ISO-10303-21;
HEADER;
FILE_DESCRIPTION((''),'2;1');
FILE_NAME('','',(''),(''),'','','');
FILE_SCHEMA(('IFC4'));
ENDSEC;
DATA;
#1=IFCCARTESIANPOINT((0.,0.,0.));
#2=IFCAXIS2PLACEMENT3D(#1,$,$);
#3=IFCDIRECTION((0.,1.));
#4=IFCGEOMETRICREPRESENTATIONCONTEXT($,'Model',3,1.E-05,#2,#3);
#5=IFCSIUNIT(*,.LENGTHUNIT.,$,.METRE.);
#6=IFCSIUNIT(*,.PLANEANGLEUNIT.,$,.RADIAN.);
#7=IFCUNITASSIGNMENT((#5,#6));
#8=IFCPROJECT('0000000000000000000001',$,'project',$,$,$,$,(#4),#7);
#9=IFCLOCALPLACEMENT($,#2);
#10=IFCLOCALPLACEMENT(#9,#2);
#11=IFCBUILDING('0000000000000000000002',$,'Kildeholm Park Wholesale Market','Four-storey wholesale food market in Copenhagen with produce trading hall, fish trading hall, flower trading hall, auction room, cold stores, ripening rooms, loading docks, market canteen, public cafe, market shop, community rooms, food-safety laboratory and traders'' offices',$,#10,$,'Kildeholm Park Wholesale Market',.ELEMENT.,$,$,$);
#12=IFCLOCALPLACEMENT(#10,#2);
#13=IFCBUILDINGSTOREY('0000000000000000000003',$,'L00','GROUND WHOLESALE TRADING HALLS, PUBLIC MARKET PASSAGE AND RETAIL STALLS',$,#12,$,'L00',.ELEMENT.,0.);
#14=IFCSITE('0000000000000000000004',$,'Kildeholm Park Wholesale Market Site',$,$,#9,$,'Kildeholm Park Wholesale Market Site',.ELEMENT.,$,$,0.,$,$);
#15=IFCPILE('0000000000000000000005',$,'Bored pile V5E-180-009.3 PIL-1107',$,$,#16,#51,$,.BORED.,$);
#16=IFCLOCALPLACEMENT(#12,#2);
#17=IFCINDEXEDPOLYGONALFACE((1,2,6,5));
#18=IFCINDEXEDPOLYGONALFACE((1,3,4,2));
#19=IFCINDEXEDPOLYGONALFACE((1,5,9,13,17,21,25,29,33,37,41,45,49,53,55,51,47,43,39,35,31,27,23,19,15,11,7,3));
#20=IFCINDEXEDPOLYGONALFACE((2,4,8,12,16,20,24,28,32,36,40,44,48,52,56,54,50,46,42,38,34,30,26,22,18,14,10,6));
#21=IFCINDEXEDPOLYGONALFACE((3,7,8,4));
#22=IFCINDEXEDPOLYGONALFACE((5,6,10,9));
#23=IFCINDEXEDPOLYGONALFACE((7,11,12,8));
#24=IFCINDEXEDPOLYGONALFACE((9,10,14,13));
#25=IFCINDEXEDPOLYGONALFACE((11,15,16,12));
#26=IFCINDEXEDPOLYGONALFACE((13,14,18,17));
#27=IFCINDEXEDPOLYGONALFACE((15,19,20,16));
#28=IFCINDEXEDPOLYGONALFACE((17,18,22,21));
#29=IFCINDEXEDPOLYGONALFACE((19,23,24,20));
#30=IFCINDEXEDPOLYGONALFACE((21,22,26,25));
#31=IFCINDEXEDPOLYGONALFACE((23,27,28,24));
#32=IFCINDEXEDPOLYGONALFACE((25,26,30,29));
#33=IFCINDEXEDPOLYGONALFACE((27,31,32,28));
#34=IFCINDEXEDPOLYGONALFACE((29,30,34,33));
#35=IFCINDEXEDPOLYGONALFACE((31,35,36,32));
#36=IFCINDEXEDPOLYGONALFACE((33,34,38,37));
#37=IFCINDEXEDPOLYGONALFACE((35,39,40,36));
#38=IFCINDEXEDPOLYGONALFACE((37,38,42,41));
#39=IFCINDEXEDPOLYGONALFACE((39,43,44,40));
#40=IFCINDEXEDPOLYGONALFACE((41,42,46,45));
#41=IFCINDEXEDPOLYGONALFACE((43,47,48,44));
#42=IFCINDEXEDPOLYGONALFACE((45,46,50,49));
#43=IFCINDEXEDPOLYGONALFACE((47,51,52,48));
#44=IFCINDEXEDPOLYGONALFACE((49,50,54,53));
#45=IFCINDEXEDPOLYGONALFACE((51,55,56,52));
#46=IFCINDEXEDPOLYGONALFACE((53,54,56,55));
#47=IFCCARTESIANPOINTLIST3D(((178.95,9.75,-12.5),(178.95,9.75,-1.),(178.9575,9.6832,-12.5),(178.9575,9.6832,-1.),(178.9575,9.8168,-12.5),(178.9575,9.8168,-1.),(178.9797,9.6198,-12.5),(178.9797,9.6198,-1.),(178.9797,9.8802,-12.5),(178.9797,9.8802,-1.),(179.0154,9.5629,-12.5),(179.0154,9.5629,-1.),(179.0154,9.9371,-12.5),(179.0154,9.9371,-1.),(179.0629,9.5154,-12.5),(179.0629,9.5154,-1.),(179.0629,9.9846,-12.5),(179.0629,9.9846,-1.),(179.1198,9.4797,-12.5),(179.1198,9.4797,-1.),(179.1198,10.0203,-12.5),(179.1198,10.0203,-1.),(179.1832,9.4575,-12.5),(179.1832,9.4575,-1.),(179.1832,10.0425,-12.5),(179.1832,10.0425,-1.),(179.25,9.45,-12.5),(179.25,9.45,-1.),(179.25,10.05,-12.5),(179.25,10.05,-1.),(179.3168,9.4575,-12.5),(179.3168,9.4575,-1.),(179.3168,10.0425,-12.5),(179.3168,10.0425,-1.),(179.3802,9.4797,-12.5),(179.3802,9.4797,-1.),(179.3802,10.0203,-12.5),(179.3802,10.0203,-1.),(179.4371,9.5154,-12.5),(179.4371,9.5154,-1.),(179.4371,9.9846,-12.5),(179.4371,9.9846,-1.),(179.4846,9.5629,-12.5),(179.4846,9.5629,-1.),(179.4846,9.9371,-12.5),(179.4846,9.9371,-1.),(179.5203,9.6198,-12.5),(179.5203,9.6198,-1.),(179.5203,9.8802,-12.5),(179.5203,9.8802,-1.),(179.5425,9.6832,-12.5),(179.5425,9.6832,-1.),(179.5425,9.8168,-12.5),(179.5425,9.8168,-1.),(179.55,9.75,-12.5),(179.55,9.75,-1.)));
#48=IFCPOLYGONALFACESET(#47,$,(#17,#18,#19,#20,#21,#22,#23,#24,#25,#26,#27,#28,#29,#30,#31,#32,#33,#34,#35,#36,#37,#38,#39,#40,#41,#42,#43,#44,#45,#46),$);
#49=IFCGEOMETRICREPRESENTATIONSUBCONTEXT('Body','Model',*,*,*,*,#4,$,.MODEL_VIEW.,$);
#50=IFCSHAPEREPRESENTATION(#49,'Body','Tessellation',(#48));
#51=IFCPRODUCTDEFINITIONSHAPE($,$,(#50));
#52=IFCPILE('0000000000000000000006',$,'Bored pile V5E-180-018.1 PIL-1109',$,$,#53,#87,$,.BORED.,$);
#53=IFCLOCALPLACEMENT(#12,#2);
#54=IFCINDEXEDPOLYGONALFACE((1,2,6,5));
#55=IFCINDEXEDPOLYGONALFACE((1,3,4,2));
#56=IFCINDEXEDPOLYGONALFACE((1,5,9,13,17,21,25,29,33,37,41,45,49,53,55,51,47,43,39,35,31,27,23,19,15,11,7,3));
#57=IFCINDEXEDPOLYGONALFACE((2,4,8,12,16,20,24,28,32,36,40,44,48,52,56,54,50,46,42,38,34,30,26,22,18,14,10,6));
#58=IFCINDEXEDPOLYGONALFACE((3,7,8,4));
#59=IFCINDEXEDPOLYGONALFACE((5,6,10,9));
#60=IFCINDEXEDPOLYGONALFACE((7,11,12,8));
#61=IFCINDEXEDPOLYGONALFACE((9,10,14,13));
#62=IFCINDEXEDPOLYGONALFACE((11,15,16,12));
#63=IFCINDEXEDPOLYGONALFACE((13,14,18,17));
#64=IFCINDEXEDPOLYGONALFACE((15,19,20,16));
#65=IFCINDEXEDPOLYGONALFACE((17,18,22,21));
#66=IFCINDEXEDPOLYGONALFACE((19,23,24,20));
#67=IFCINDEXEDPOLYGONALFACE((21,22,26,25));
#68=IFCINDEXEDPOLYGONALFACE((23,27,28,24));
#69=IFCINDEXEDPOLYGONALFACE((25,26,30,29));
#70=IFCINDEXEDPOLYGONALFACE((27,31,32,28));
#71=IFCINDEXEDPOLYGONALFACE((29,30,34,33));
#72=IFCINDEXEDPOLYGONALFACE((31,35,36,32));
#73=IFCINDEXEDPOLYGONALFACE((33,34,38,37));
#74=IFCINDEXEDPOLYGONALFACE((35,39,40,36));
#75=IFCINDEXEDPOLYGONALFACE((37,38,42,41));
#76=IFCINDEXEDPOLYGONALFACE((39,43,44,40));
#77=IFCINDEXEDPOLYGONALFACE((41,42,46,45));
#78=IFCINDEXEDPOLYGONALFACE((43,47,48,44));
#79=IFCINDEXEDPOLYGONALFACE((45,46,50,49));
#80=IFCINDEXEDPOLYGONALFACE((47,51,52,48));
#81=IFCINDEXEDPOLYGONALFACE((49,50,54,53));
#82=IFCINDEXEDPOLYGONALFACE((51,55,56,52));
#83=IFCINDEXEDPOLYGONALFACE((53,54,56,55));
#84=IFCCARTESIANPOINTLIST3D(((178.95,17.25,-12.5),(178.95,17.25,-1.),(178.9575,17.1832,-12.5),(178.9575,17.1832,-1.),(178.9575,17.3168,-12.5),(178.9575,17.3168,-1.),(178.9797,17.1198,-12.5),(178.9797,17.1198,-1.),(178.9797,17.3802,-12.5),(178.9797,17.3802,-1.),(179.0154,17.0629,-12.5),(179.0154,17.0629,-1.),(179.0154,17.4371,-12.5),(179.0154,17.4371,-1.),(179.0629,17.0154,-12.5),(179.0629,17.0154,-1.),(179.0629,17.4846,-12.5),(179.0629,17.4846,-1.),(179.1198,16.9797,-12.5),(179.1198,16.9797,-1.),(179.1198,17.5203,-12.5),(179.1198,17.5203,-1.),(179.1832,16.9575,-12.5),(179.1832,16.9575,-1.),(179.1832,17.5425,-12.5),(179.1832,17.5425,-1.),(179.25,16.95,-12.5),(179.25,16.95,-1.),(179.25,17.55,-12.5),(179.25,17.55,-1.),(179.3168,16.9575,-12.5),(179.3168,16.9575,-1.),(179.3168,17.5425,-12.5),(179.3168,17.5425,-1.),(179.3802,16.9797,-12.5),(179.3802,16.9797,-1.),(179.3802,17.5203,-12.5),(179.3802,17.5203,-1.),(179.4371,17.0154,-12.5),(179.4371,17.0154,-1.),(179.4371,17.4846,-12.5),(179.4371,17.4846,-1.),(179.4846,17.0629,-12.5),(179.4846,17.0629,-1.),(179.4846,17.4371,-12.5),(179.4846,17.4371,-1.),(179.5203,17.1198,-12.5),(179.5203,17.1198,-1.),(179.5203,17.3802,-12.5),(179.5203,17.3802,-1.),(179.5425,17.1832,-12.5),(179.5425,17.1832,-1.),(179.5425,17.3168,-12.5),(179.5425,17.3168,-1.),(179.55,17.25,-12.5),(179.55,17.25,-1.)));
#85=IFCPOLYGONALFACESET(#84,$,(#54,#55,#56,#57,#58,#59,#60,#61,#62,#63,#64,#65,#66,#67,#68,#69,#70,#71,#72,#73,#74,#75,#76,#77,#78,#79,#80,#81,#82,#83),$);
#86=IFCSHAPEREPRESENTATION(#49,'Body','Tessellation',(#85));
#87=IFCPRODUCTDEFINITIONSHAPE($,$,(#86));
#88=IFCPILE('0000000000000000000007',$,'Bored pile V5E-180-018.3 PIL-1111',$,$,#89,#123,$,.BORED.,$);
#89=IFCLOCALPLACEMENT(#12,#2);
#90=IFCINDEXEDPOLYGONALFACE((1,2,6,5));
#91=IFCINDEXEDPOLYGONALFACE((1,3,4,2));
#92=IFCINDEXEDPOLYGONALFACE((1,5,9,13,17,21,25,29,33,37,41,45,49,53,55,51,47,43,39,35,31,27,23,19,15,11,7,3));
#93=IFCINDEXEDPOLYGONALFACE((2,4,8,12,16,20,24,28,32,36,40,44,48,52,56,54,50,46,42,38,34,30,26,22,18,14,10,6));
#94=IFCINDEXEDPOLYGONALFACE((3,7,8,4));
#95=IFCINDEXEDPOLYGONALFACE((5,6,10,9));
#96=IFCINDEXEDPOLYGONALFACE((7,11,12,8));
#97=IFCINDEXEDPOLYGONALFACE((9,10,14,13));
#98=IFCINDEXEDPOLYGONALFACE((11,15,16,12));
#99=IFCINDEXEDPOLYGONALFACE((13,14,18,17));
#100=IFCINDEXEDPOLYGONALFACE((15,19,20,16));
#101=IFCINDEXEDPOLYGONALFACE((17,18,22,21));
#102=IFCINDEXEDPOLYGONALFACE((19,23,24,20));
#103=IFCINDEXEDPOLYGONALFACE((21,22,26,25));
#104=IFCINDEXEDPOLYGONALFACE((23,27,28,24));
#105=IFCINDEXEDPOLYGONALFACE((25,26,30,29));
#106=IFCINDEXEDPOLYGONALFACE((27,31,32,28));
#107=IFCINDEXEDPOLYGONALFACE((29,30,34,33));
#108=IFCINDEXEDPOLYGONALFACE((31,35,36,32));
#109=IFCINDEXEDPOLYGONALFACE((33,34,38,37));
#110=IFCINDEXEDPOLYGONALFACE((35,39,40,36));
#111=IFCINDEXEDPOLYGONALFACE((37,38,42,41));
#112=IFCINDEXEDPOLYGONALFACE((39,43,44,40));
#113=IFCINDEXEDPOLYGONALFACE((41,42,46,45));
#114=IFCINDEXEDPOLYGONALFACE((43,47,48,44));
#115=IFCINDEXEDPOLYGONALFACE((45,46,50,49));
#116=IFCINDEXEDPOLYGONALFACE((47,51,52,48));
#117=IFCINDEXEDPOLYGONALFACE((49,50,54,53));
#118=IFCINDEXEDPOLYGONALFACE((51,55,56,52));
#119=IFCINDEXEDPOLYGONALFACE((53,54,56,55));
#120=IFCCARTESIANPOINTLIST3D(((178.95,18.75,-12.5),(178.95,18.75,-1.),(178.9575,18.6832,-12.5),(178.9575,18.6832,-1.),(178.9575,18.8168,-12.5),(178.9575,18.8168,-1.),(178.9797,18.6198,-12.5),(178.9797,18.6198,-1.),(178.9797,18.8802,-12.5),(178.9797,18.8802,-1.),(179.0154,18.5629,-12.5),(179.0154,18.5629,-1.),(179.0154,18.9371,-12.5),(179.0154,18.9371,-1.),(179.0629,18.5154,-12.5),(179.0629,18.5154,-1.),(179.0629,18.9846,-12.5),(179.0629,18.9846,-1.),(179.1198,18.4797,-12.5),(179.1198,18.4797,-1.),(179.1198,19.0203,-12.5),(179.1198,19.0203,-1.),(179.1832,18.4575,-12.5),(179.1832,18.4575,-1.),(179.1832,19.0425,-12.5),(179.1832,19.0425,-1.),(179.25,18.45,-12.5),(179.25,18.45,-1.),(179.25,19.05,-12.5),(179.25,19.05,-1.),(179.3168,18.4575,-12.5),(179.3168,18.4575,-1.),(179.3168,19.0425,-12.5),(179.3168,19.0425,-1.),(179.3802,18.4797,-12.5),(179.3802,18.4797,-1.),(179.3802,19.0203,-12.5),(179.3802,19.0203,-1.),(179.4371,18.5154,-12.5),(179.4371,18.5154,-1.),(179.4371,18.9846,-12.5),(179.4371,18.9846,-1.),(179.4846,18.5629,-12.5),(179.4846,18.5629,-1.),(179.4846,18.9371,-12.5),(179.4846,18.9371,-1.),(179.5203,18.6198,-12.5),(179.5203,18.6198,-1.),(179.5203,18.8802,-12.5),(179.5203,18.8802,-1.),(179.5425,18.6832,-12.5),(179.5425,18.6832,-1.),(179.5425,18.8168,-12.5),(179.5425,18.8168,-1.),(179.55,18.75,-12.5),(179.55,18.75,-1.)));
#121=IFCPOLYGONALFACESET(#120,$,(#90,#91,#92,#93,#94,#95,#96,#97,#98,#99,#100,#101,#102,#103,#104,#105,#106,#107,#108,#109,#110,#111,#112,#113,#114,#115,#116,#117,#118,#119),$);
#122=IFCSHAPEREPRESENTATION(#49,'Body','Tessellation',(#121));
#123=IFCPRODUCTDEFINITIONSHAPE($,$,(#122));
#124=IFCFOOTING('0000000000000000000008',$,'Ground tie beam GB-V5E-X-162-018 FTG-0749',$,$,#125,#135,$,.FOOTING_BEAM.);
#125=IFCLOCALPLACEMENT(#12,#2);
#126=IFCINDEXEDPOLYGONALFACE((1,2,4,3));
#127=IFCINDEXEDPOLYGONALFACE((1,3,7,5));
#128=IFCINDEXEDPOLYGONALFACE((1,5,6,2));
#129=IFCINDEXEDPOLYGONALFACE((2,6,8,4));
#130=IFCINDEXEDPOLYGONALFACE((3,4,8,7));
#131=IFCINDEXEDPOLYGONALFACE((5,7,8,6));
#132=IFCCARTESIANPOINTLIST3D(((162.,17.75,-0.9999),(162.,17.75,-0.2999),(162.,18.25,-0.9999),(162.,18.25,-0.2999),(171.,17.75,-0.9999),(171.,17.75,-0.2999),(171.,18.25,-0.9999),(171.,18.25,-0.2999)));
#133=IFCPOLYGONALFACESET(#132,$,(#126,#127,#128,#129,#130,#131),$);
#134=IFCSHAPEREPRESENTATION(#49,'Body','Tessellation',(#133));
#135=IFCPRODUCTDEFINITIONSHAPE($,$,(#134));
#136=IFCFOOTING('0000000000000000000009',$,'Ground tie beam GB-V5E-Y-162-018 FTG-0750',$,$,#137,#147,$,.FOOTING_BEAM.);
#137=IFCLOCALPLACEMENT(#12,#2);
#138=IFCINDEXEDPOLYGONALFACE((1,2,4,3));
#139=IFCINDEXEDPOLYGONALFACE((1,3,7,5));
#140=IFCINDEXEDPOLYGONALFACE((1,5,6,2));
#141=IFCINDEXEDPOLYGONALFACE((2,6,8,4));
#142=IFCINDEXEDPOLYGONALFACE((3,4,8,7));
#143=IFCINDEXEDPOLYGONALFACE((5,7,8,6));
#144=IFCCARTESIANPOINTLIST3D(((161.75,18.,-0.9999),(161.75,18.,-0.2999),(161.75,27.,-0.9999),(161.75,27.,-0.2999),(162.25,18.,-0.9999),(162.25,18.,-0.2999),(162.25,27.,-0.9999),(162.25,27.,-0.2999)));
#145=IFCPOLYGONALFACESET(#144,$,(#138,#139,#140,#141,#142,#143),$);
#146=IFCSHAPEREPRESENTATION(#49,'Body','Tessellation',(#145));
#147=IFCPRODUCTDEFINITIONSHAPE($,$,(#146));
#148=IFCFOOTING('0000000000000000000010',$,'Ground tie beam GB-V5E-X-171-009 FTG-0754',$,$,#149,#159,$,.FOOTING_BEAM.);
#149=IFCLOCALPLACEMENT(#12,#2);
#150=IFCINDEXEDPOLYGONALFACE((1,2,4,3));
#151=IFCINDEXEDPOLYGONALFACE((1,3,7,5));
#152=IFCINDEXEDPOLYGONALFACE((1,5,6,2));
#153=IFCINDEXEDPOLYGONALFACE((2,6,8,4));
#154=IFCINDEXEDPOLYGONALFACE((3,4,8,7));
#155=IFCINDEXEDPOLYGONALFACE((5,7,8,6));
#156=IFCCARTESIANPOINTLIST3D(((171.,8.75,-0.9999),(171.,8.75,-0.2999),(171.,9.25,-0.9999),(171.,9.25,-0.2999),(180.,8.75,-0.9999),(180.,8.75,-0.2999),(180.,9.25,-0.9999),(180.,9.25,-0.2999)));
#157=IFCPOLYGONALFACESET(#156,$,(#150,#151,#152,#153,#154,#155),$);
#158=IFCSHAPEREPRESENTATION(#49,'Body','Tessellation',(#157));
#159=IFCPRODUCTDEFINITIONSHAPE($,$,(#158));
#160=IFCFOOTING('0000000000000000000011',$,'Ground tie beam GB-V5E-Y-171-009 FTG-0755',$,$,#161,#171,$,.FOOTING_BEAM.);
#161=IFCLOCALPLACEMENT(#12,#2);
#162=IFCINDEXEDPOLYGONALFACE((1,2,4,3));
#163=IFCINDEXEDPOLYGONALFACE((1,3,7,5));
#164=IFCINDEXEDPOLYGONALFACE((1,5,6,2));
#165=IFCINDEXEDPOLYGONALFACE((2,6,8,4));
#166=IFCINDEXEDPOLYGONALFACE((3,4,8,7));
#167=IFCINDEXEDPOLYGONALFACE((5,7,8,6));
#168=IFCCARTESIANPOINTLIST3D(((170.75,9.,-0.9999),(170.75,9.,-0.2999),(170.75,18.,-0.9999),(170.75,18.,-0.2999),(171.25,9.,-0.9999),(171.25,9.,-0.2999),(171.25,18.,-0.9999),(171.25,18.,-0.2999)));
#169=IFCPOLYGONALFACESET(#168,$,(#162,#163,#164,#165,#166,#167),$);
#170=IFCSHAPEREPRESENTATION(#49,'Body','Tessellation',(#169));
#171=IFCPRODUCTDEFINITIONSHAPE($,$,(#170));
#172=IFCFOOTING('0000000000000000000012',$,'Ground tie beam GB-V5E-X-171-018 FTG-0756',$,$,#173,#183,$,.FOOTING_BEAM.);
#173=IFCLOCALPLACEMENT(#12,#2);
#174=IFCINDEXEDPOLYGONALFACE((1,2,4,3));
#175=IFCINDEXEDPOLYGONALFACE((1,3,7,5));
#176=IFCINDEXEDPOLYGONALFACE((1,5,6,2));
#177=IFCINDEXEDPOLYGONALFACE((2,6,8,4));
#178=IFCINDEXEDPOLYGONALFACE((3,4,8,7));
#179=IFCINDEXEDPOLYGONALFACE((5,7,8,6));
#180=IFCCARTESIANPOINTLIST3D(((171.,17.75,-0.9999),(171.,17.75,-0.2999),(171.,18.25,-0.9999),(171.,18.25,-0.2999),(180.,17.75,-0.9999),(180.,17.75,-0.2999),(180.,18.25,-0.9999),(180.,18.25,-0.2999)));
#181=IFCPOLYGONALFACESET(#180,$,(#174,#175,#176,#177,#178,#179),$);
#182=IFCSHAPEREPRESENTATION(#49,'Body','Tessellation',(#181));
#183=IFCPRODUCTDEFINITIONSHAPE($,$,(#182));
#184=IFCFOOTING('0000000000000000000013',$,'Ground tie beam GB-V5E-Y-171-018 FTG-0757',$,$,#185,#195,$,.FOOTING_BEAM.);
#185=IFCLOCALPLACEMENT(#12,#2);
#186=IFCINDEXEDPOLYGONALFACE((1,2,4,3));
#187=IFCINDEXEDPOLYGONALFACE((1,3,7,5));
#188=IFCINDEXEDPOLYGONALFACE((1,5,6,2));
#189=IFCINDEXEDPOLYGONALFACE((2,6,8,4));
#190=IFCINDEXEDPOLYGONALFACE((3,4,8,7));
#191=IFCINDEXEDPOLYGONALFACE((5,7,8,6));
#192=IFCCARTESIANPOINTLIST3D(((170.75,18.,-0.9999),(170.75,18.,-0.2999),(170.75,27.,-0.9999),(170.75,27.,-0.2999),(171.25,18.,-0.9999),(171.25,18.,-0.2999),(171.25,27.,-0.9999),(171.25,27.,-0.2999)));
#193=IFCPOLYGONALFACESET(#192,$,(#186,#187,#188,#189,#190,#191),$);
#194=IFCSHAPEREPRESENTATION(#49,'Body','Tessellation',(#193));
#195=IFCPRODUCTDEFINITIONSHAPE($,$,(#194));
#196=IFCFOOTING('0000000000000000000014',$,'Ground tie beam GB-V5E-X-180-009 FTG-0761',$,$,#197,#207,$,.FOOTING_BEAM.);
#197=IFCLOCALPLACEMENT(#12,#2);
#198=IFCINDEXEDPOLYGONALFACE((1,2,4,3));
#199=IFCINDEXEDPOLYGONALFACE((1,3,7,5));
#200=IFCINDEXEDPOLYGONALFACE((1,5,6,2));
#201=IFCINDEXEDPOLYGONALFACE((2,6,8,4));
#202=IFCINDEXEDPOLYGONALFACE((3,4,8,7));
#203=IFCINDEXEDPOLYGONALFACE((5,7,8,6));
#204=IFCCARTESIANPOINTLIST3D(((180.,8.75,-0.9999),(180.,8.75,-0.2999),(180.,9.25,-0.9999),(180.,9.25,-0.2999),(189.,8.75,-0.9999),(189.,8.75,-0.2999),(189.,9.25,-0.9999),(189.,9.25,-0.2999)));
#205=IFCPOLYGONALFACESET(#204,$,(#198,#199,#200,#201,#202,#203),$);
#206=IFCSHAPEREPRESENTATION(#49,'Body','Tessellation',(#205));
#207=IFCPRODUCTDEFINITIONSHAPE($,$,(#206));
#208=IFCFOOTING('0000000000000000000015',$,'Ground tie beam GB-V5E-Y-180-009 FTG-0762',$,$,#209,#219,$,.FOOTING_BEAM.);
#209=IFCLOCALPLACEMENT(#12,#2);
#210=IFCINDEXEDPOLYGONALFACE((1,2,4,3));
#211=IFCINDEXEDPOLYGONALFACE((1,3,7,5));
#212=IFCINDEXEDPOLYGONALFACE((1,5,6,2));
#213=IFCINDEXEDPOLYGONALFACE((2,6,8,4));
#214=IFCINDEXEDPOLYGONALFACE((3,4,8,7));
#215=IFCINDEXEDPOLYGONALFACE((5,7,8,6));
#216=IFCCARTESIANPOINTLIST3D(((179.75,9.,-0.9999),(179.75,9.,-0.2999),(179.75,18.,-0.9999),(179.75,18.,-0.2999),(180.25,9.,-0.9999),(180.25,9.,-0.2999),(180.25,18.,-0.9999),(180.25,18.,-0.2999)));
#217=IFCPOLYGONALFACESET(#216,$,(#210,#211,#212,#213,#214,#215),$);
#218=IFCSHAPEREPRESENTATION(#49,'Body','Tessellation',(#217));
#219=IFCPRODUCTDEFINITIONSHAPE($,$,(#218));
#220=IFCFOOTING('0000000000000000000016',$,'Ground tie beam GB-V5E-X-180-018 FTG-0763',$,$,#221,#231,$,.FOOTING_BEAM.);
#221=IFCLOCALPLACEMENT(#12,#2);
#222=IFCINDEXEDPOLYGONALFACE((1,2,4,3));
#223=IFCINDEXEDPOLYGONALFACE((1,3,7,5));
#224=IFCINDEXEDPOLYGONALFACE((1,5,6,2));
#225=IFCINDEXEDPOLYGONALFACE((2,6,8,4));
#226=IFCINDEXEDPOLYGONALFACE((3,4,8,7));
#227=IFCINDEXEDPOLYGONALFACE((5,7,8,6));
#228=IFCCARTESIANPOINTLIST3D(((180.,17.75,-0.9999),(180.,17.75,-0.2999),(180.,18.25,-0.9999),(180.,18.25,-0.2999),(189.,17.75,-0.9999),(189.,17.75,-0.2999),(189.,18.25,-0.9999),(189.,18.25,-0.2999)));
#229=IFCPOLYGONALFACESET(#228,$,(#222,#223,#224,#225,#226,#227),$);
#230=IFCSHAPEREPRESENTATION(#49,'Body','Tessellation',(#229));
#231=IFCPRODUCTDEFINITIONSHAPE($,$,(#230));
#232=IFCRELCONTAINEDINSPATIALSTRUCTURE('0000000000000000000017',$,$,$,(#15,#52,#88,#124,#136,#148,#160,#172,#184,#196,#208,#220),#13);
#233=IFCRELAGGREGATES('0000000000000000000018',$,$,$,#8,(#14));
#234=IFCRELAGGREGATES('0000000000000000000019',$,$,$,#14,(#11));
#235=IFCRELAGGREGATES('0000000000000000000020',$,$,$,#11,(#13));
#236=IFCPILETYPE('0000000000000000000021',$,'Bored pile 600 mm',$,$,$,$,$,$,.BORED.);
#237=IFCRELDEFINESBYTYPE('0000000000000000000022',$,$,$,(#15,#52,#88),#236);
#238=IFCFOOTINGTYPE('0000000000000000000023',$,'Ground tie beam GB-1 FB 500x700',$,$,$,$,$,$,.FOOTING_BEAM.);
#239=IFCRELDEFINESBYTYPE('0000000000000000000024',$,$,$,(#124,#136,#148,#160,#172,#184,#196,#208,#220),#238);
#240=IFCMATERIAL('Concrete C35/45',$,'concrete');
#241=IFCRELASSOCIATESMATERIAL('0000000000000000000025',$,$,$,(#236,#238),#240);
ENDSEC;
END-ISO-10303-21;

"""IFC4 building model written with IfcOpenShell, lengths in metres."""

from ifc_helpers import new_model, si_unit, direction, frame, origin, origin_2d, place, context, subcontext, project, spatial, rectangle, circle, extrude, material, material_profile, profile_set, type_object, element, save


model = new_model("IFC4")

# Units and contexts
model_context = context("Model", 3, precision=1e-05, world=origin(), true_north=direction((0.0, 1.0)))
body_context = subcontext(model_context, "Body", "Model", "MODEL_VIEW")
ifc_project = project(units=[si_unit("LENGTHUNIT", "METRE"), si_unit("PLANEANGLEUNIT", "RADIAN")], contexts=[model_context])

# Site, building, storey
site_placement = place(None, origin())
site = spatial("IfcSite", under=ifc_project, at=site_placement, Name="Kildeholm Park Wholesale Market Site", LongName="Kildeholm Park Wholesale Market Site", CompositionType="ELEMENT", RefElevation=0.0)
building_placement = place(site_placement, origin())
building = spatial("IfcBuilding", under=site, at=building_placement, Name="Kildeholm Park Wholesale Market", Description="Four-storey wholesale food market in Copenhagen with produce trading hall, fish trading hall, flower trading hall, auction room, cold stores, ripening rooms, loading docks, market canteen, public cafe, market shop, community rooms, food-safety laboratory and traders' offices", LongName="Kildeholm Park Wholesale Market", CompositionType="ELEMENT")
storey_placement = place(building_placement, origin())
storey = spatial("IfcBuildingStorey", under=building, at=storey_placement, Name="L00", Description="GROUND WHOLESALE TRADING HALLS, PUBLIC MARKET PASSAGE AND RETAIL STALLS", LongName="L00", CompositionType="ELEMENT", Elevation=0.0)

# Piles
ifc_material_1 = material(Name="Concrete C35/45", Category="concrete")
ifc_material_profile_1 = material_profile(ifc_material_1, circle(Radius=0.3, at=origin_2d()), Name="PILE D600")
ifc_profile_set_1 = profile_set([ifc_material_profile_1], Name="Concrete C35/45")
pile_type = type_object("IfcPileType", Name="Bored pile 600 mm", PredefinedType="BORED", material=ifc_profile_set_1)
for number, where, z_axis, x_axis, name in (
    (1, (179.25, 9.75, -1.0), (0.0, 0.0, -1.0), (1.0, 0.0, 0.0), "Bored pile V5E-180-009.3 PIL-1107"),
    (2, (179.25, 17.25, -1.0), (0.0, 0.0, -1.0), (1.0, 0.0, 0.0), "Bored pile V5E-180-018.1 PIL-1109"),
    (3, (179.25, 18.75, -1.0), (0.0, 0.0, -1.0), (1.0, 0.0, 0.0), "Bored pile V5E-180-018.3 PIL-1111"),
):
    element("IfcPile", number, at=place(storey_placement, frame(where, z_axis=z_axis, x_axis=x_axis)), inside=storey, type_object=pile_type, Name=name, PredefinedType="BORED", context=body_context, shape_type="SweptSolid", body=[
        extrude(circle(Radius=0.3, at=origin_2d()), origin(), (0.0, 0.0, 1.0), 11.5),
    ])

# Footings
ifc_material_profile_2 = material_profile(ifc_material_1, rectangle(XDim=0.5, YDim=0.7, at=origin_2d()), Name="FB 500x700")
ifc_profile_set_2 = profile_set([ifc_material_profile_2], Name="Concrete C35/45")
footing_type_1 = type_object("IfcFootingType", Name="Ground tie beam GB-1 FB 500x700", PredefinedType="FOOTING_BEAM", material=ifc_profile_set_2)
for number, where, z_axis, x_axis, name in (
    (4, (162.0, 18.0, -0.6499), (1.0, 0.0, 0.0), (0.0, 1.0, 0.0), "Ground tie beam GB-V5E-X-162-018 FTG-0749"),
    (5, (162.0, 18.0, -0.6499), (0.0, 1.0, 0.0), (-1.0, 0.0, 0.0), "Ground tie beam GB-V5E-Y-162-018 FTG-0750"),
    (6, (171.0, 9.0, -0.6499), (1.0, 0.0, 0.0), (0.0, 1.0, 0.0), "Ground tie beam GB-V5E-X-171-009 FTG-0754"),
    (7, (171.0, 9.0, -0.6499), (0.0, 1.0, 0.0), (-1.0, 0.0, 0.0), "Ground tie beam GB-V5E-Y-171-009 FTG-0755"),
    (8, (171.0, 18.0, -0.6499), (1.0, 0.0, 0.0), (0.0, 1.0, 0.0), "Ground tie beam GB-V5E-X-171-018 FTG-0756"),
    (9, (171.0, 18.0, -0.6499), (0.0, 1.0, 0.0), (-1.0, 0.0, 0.0), "Ground tie beam GB-V5E-Y-171-018 FTG-0757"),
    (10, (180.0, 9.0, -0.6499), (1.0, 0.0, 0.0), (0.0, 1.0, 0.0), "Ground tie beam GB-V5E-X-180-009 FTG-0761"),
    (11, (180.0, 9.0, -0.6499), (0.0, 1.0, 0.0), (-1.0, 0.0, 0.0), "Ground tie beam GB-V5E-Y-180-009 FTG-0762"),
    (12, (180.0, 18.0, -0.6499), (1.0, 0.0, 0.0), (0.0, 1.0, 0.0), "Ground tie beam GB-V5E-X-180-018 FTG-0763"),
):
    element("IfcFooting", number, at=place(storey_placement, frame(where, z_axis=z_axis, x_axis=x_axis)), inside=storey, type_object=footing_type_1, Name=name, PredefinedType="FOOTING_BEAM", context=body_context, shape_type="SweptSolid", body=[
        extrude(rectangle(XDim=0.5, YDim=0.7, at=origin_2d()), origin(), (0.0, 0.0, 1.0), 9.0),
    ])

save(model, "model.ifc")
